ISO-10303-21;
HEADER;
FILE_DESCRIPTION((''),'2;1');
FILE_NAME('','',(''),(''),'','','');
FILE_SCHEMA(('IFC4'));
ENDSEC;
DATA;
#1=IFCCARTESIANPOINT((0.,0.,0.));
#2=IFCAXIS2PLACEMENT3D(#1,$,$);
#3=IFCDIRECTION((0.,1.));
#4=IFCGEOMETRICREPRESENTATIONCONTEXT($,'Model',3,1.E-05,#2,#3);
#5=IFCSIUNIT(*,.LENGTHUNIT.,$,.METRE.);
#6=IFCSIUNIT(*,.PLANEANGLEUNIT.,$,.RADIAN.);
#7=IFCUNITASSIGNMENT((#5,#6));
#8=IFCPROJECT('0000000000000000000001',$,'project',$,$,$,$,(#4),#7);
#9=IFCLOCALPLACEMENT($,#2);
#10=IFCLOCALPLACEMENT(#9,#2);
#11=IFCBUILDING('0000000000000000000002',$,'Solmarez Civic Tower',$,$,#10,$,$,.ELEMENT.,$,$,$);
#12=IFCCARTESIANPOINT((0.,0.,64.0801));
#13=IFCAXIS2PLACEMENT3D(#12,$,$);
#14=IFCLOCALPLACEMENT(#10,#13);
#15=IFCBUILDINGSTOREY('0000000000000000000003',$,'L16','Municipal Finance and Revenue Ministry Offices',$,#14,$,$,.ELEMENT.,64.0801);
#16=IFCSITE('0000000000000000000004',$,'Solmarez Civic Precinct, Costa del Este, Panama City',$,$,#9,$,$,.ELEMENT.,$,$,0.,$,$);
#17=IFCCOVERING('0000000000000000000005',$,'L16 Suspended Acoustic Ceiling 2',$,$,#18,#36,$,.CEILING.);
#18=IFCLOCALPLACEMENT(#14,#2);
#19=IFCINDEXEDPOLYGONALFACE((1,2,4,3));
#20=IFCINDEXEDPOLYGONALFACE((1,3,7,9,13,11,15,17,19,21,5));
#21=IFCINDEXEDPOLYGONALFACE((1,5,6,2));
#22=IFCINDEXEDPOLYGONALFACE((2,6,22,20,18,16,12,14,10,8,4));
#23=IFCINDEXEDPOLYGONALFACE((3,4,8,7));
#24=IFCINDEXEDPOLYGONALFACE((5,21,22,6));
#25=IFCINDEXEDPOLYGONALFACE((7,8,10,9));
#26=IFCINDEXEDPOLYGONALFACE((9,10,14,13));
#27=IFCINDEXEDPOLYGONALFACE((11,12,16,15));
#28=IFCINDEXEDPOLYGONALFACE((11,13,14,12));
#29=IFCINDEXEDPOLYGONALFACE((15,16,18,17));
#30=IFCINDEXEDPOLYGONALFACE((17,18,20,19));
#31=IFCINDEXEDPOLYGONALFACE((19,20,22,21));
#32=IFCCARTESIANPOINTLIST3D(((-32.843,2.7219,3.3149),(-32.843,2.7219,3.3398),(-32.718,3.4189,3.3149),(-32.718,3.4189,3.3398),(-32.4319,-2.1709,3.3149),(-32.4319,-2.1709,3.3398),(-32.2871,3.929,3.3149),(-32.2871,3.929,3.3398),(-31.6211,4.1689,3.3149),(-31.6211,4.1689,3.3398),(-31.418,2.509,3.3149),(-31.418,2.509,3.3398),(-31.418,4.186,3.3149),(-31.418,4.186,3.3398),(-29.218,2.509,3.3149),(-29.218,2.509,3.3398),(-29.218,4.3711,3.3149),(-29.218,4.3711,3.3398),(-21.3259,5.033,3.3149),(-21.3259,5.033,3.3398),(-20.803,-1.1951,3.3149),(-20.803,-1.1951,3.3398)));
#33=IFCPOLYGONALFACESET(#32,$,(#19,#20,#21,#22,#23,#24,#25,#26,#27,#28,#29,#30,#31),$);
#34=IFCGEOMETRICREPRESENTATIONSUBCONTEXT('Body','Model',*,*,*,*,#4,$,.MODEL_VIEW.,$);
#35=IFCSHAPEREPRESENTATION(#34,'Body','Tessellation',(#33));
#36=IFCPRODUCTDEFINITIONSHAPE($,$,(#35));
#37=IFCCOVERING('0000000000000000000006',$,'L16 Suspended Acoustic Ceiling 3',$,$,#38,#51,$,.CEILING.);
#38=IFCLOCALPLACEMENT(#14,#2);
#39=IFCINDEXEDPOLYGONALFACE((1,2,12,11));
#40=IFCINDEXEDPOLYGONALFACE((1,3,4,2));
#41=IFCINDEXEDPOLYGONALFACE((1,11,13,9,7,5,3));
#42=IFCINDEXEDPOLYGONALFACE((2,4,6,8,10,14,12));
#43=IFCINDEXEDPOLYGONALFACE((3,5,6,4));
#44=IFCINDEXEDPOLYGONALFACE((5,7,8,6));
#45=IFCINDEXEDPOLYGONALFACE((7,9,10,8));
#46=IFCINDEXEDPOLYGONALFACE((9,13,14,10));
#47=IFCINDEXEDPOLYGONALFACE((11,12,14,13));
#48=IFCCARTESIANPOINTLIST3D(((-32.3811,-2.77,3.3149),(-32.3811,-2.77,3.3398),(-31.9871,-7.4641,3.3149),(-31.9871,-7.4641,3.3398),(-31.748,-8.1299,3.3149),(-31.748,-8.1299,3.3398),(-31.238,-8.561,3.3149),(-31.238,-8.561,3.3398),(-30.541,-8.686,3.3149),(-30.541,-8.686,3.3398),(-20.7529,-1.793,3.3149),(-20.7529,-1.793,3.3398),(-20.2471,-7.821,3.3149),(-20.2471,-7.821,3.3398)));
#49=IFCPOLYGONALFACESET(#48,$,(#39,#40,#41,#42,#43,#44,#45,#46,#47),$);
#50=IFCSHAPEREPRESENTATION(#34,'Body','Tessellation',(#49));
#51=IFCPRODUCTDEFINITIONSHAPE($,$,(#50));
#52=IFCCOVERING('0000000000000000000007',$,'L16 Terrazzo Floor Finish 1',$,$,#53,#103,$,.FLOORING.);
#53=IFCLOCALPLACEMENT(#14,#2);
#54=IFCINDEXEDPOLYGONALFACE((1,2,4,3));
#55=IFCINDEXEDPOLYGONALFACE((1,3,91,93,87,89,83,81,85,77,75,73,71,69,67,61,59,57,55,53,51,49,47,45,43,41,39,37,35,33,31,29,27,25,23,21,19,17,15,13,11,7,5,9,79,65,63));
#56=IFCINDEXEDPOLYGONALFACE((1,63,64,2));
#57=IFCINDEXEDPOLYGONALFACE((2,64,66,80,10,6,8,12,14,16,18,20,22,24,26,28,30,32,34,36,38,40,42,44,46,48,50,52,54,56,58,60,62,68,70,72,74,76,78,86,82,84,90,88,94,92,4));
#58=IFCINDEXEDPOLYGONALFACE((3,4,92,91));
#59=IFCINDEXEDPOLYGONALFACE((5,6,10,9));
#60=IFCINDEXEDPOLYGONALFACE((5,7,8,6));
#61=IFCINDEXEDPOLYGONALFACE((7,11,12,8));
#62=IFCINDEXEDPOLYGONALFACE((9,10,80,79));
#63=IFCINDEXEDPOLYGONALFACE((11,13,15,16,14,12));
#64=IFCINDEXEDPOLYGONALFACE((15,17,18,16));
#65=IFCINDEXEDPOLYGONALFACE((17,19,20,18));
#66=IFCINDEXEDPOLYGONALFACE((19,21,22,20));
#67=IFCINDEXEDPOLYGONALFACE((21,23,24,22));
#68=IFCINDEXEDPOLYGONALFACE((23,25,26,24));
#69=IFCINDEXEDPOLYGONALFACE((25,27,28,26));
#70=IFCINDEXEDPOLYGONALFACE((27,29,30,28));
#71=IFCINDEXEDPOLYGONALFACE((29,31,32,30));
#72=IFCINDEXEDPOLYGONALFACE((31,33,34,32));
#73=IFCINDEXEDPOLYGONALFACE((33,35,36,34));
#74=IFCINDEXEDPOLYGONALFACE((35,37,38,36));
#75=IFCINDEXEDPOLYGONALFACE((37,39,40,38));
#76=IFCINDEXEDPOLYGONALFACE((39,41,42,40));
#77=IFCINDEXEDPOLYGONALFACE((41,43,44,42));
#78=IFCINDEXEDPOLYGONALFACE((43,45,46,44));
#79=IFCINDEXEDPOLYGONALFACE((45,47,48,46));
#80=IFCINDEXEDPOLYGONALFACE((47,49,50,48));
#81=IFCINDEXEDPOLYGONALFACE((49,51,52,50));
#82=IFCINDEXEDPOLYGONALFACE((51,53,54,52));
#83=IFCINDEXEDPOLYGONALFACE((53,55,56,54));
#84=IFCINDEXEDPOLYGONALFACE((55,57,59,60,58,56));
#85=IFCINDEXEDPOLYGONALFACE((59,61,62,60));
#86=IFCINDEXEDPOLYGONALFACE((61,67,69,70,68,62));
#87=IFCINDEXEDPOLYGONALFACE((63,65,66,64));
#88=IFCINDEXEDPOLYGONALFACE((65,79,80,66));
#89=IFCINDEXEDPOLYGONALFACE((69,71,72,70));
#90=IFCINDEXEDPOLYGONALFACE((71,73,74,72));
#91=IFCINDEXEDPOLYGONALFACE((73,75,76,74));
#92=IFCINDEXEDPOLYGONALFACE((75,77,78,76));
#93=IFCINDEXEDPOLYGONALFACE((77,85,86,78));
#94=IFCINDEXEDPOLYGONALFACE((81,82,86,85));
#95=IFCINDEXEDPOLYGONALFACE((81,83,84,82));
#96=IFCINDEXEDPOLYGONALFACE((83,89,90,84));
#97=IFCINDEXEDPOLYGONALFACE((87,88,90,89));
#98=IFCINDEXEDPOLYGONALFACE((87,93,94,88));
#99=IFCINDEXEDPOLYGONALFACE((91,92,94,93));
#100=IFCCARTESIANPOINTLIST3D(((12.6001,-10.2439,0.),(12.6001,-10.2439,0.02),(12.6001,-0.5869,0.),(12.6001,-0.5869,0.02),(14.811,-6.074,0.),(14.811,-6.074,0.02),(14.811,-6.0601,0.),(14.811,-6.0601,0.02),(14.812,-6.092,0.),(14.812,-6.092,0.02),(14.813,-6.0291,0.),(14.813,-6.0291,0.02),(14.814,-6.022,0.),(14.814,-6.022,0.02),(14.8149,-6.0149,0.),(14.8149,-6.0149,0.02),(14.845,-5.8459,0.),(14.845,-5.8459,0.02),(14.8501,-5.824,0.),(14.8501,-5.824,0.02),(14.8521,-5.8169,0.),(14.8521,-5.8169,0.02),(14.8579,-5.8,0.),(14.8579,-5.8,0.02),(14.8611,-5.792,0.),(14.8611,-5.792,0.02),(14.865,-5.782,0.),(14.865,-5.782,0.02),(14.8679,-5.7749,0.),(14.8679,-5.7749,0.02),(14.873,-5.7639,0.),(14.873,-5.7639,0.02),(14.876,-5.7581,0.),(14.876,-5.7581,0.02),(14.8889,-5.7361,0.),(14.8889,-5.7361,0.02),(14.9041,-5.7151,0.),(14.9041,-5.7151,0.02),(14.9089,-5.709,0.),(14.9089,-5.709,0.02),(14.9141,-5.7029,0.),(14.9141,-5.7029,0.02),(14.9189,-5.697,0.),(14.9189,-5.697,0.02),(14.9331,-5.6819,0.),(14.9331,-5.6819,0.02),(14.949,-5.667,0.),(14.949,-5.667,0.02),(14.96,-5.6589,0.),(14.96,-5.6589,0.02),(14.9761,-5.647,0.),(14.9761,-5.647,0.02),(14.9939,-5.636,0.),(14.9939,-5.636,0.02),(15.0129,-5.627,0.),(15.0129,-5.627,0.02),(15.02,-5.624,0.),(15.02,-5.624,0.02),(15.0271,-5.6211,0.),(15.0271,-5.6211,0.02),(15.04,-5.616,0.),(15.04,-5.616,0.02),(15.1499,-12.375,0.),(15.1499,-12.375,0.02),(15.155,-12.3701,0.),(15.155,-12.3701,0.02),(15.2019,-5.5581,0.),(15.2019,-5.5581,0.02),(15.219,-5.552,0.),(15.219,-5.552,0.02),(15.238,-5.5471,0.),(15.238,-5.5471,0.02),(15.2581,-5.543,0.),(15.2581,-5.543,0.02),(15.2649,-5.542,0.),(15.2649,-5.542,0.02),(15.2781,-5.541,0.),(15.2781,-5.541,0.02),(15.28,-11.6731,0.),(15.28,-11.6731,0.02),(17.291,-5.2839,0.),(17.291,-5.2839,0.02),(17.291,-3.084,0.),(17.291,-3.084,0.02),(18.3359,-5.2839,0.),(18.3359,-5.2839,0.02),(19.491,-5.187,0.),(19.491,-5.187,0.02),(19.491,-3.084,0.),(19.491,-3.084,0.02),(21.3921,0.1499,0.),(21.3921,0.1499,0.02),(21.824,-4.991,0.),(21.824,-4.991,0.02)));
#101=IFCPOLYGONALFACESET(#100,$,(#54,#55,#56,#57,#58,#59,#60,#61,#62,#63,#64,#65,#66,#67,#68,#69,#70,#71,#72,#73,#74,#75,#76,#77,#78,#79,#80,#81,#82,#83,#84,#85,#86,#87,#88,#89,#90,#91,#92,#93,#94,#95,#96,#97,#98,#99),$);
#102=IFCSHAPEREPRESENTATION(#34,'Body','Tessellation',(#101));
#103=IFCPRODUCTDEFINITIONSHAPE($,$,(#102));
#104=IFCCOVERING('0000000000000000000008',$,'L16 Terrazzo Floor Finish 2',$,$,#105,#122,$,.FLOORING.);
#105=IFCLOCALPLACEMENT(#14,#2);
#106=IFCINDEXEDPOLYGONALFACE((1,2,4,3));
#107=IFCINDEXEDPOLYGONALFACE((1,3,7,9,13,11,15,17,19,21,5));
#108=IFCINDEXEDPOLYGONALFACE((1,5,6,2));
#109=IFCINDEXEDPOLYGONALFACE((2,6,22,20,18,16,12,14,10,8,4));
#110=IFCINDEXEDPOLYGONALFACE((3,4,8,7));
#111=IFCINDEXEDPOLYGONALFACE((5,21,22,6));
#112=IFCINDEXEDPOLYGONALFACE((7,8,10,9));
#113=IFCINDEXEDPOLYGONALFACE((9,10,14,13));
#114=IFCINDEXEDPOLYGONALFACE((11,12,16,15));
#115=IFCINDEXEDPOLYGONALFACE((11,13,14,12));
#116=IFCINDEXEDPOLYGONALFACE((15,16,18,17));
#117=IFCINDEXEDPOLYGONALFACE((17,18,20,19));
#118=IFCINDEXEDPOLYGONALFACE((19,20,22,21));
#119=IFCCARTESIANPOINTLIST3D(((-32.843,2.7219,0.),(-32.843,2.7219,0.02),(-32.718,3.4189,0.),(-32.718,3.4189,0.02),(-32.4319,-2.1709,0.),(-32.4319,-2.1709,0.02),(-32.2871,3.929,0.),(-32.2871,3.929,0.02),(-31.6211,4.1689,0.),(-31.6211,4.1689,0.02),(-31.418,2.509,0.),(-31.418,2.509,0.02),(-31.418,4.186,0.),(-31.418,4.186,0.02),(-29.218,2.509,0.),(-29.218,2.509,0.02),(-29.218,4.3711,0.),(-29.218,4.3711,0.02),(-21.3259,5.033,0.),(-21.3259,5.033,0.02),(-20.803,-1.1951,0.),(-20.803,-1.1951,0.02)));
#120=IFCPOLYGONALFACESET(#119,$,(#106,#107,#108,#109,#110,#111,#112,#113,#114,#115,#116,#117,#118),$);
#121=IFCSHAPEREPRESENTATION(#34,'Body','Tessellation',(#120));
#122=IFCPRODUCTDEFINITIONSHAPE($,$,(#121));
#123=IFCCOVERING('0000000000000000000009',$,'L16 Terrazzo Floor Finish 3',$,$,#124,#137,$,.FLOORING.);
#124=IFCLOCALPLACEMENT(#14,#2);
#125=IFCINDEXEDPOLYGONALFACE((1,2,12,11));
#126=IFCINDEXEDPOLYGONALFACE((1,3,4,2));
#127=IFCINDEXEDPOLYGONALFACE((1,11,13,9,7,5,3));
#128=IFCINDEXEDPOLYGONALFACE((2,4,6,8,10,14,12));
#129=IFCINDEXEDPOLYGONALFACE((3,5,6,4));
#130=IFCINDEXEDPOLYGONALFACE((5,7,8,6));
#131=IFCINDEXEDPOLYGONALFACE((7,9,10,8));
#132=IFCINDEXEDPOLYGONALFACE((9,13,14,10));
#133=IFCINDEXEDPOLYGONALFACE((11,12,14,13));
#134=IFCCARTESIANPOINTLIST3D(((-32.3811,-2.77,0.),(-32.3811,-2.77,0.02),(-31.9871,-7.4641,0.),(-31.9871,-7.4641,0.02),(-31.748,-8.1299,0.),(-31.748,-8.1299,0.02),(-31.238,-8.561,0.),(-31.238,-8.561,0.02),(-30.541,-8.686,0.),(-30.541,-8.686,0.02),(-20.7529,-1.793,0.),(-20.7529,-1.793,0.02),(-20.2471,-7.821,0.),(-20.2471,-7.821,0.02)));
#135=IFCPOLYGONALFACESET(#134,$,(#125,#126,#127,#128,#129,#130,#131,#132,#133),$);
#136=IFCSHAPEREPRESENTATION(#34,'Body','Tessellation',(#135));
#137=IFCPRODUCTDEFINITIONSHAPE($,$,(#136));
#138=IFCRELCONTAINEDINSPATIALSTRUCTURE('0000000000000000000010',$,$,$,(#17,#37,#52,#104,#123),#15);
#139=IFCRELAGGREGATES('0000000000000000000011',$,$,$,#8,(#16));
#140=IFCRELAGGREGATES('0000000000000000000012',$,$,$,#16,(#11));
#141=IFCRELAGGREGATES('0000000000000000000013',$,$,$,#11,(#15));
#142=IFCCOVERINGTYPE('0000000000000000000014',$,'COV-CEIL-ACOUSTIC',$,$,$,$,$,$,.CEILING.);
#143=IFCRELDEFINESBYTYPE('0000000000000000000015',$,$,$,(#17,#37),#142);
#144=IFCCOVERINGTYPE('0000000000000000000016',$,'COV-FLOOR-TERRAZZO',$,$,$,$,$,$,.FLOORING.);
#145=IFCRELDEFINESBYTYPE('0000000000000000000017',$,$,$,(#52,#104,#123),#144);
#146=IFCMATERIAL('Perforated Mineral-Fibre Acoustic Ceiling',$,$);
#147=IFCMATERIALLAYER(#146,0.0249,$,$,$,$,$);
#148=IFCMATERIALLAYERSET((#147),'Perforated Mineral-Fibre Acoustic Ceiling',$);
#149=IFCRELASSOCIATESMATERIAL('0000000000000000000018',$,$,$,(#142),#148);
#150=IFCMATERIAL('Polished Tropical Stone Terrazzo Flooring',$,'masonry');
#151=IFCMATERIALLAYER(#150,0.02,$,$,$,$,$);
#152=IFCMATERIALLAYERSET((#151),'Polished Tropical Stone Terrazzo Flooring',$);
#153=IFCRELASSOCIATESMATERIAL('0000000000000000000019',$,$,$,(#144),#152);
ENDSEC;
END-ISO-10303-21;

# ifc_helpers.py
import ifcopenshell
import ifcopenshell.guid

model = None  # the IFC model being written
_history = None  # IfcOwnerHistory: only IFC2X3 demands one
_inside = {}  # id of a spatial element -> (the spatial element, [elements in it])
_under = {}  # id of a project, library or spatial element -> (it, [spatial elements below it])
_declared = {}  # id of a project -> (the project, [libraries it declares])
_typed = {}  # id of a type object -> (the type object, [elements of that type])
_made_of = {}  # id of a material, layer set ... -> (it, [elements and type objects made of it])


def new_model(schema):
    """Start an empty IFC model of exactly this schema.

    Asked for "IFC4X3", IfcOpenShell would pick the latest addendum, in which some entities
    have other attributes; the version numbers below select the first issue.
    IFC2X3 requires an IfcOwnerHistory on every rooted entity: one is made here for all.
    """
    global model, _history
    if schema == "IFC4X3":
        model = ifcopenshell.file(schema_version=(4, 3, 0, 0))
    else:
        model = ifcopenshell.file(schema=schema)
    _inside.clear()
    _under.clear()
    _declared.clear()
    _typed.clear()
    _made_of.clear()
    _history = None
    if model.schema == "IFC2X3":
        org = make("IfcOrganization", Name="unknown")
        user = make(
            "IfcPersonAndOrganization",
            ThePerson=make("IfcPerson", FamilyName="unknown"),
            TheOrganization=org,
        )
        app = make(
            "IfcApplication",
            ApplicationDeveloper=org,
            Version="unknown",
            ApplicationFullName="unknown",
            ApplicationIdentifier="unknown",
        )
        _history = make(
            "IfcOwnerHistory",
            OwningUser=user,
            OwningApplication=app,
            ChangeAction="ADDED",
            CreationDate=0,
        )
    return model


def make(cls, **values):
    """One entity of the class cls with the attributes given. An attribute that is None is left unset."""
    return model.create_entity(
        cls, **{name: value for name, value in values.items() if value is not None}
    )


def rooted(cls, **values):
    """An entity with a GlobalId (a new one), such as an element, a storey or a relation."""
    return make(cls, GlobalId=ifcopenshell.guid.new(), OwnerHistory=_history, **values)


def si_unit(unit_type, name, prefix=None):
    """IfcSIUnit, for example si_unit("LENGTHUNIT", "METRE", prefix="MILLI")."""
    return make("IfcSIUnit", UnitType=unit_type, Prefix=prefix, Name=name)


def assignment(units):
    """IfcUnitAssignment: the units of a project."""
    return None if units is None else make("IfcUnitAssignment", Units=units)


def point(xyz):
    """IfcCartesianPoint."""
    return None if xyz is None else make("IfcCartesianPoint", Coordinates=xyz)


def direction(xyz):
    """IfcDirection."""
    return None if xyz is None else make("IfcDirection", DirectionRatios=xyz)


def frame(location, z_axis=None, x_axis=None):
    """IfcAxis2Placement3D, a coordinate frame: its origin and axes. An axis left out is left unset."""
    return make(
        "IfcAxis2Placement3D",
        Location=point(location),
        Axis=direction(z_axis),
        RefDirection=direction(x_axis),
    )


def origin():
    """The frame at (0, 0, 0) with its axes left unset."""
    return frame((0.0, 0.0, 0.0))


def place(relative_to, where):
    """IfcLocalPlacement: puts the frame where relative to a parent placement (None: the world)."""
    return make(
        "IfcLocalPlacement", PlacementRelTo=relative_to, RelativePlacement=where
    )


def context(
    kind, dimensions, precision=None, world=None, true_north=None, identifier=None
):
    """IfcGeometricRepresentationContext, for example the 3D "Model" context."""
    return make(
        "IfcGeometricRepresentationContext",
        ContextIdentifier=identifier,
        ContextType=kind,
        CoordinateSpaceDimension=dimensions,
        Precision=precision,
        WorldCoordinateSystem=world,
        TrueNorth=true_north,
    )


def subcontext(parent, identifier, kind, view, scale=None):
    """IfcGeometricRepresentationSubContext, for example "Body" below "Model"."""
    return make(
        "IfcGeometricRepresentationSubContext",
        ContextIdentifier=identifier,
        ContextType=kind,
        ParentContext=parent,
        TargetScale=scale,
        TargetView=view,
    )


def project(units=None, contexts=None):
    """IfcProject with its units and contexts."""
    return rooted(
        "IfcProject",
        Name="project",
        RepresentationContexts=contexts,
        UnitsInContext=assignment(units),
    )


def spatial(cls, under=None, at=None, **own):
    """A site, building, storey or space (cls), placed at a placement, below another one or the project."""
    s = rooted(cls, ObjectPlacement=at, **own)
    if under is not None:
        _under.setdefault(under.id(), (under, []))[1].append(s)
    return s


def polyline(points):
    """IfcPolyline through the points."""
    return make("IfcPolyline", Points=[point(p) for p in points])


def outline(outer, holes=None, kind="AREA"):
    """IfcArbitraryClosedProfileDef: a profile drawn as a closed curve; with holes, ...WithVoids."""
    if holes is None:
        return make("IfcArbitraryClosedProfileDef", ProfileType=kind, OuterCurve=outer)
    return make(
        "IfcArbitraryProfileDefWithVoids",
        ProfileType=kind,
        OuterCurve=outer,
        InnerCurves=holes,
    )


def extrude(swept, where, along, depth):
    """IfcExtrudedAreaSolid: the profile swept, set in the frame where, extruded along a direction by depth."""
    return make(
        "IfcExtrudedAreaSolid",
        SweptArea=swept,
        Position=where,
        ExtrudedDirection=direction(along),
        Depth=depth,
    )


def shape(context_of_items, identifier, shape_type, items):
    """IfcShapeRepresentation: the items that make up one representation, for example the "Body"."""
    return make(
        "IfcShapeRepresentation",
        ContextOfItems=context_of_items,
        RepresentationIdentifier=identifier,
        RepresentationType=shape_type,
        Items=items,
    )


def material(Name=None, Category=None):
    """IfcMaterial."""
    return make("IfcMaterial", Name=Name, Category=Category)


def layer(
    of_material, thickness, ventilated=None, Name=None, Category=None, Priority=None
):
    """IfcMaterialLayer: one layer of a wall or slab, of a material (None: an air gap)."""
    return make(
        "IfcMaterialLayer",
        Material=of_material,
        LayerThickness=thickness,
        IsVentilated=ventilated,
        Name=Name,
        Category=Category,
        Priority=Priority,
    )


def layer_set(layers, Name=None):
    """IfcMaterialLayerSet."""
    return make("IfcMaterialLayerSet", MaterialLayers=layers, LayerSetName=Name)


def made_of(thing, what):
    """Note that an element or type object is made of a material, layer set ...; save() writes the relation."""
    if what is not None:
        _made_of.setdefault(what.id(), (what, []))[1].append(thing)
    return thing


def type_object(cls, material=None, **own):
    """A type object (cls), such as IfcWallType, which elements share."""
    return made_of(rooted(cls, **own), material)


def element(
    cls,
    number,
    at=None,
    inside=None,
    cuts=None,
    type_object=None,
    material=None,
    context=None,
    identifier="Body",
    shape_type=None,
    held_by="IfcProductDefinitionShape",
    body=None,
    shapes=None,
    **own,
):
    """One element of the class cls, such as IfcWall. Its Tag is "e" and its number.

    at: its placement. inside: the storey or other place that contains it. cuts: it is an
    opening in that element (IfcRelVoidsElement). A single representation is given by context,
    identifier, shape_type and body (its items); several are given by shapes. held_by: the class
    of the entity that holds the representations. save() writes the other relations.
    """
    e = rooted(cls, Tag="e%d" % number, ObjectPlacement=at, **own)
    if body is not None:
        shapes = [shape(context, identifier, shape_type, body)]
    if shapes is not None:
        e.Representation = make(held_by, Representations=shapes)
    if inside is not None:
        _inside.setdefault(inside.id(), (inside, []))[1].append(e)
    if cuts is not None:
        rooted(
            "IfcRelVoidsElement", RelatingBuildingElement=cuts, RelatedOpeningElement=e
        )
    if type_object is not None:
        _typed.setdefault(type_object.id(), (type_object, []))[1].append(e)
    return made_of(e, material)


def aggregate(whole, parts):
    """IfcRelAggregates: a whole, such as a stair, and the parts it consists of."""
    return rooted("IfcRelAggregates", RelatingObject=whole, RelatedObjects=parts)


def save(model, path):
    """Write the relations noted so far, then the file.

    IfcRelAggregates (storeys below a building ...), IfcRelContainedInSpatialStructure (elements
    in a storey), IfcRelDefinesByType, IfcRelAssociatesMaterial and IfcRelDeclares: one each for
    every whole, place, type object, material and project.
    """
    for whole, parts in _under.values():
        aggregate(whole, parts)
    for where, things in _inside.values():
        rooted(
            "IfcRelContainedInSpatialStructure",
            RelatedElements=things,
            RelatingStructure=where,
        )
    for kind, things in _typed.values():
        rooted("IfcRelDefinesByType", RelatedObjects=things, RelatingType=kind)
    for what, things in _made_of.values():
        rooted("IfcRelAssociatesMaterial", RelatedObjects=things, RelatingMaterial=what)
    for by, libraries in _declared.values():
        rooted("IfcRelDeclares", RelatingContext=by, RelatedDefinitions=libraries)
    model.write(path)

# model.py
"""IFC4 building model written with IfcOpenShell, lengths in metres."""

from ifc_helpers import new_model, si_unit, direction, frame, origin, place, context, subcontext, project, spatial, polyline, outline, extrude, material, layer, layer_set, type_object, element, save


model = new_model("IFC4")

# Units and contexts
model_context = context("Model", 3, precision=1e-05, world=origin(), true_north=direction((0.0, 1.0)))
body_context = subcontext(model_context, "Body", "Model", "MODEL_VIEW")
ifc_project = project(units=[si_unit("LENGTHUNIT", "METRE"), si_unit("PLANEANGLEUNIT", "RADIAN")], contexts=[model_context])

# Site, building, storey
site_placement = place(None, origin())
site = spatial("IfcSite", under=ifc_project, at=site_placement, Name="Solmarez Civic Precinct, Costa del Este, Panama City", CompositionType="ELEMENT", RefElevation=0.0)
building_placement = place(site_placement, origin())
building = spatial("IfcBuilding", under=site, at=building_placement, Name="Solmarez Civic Tower", CompositionType="ELEMENT")
storey_placement = place(building_placement, frame((0.0, 0.0, 64.0801)))
storey = spatial("IfcBuildingStorey", under=building, at=storey_placement, Name="L16", Description="Municipal Finance and Revenue Ministry Offices", CompositionType="ELEMENT", Elevation=64.0801)

# Coverings
ifc_material_1 = material(Name="Perforated Mineral-Fibre Acoustic Ceiling")
ifc_layer_1 = layer(ifc_material_1, 0.0249)
ifc_layer_set_1 = layer_set([ifc_layer_1], Name="Perforated Mineral-Fibre Acoustic Ceiling")
covering_type_1 = type_object("IfcCoveringType", Name="COV-CEIL-ACOUSTIC", PredefinedType="CEILING", material=ifc_layer_set_1)
covering_1_placement = place(storey_placement, frame((0.0, 0.0, 3.3149)))
element("IfcCovering", 1, at=covering_1_placement, inside=storey, type_object=covering_type_1, Name="L16 Suspended Acoustic Ceiling 2", PredefinedType="CEILING", context=body_context, shape_type="SweptSolid", body=[
    extrude(outline(polyline([(-21.3259, 5.033), (-29.218, 4.3711), (-29.218, 2.509), (-31.418, 2.509), (-31.418, 4.186), (-31.6211, 4.1689), (-32.2871, 3.929), (-32.718, 3.4189), (-32.843, 2.7219), (-32.4319, -2.1709), (-20.803, -1.1951), (-21.3259, 5.033)])), origin(), (0.0, 0.0, 1.0), 0.0249),
])
covering_2_placement = place(storey_placement, frame((0.0, 0.0, 3.3149)))
element("IfcCovering", 2, at=covering_2_placement, inside=storey, type_object=covering_type_1, Name="L16 Suspended Acoustic Ceiling 3", PredefinedType="CEILING", context=body_context, shape_type="SweptSolid", body=[
    extrude(outline(polyline([(-32.3811, -2.77), (-31.9871, -7.4641), (-31.748, -8.1299), (-31.238, -8.561), (-30.541, -8.686), (-20.2471, -7.821), (-20.7529, -1.793), (-32.3811, -2.77)])), origin(), (0.0, 0.0, 1.0), 0.0249),
])
ifc_material_2 = material(Name="Polished Tropical Stone Terrazzo Flooring", Category="masonry")
ifc_layer_2 = layer(ifc_material_2, 0.02)
ifc_layer_set_2 = layer_set([ifc_layer_2], Name="Polished Tropical Stone Terrazzo Flooring")
covering_type_2 = type_object("IfcCoveringType", Name="COV-FLOOR-TERRAZZO", PredefinedType="FLOORING", material=ifc_layer_set_2)
covering_3_placement = place(storey_placement, origin())
element("IfcCovering", 3, at=covering_3_placement, inside=storey, type_object=covering_type_2, Name="L16 Terrazzo Floor Finish 1", PredefinedType="FLOORING", context=body_context, shape_type="SweptSolid", body=[
    extrude(outline(polyline([(12.6001, -0.5869), (12.6001, -10.2439), (15.1499, -12.375), (15.155, -12.3701), (15.28, -11.6731), (14.812, -6.092), (14.811, -6.074), (14.811, -6.0601), (14.813, -6.0291), (14.814, -6.022), (14.8149, -6.0149), (14.845, -5.8459), (14.8501, -5.824), (14.8521, -5.8169), (14.8579, -5.8), (14.8611, -5.792), (14.865, -5.782), (14.8679, -5.7749), (14.873, -5.7639), (14.876, -5.7581), (14.8889, -5.7361), (14.9041, -5.7151), (14.9089, -5.709), (14.9141, -5.7029), (14.9189, -5.697), (14.9331, -5.6819), (14.949, -5.667), (14.96, -5.6589), (14.9761, -5.647), (14.9939, -5.636), (15.0129, -5.627), (15.02, -5.624), (15.0271, -5.6211), (15.04, -5.616), (15.2019, -5.5581), (15.219, -5.552), (15.238, -5.5471), (15.2581, -5.543), (15.2649, -5.542), (15.2781, -5.541), (18.3359, -5.2839), (17.291, -5.2839), (17.291, -3.084), (19.491, -3.084), (19.491, -5.187), (21.824, -4.991), (21.3921, 0.1499), (12.6001, -0.5869)])), origin(), (0.0, 0.0, 1.0), 0.02),
])
covering_4_placement = place(storey_placement, origin())
element("IfcCovering", 4, at=covering_4_placement, inside=storey, type_object=covering_type_2, Name="L16 Terrazzo Floor Finish 2", PredefinedType="FLOORING", context=body_context, shape_type="SweptSolid", body=[
    extrude(outline(polyline([(-21.3259, 5.033), (-29.218, 4.3711), (-29.218, 2.509), (-31.418, 2.509), (-31.418, 4.186), (-31.6211, 4.1689), (-32.2871, 3.929), (-32.718, 3.4189), (-32.843, 2.7219), (-32.4319, -2.1709), (-20.803, -1.1951), (-21.3259, 5.033)])), origin(), (0.0, 0.0, 1.0), 0.02),
])
covering_5_placement = place(storey_placement, origin())
element("IfcCovering", 5, at=covering_5_placement, inside=storey, type_object=covering_type_2, Name="L16 Terrazzo Floor Finish 3", PredefinedType="FLOORING", context=body_context, shape_type="SweptSolid", body=[
    extrude(outline(polyline([(-32.3811, -2.77), (-31.9871, -7.4641), (-31.748, -8.1299), (-31.238, -8.561), (-30.541, -8.686), (-20.2471, -7.821), (-20.7529, -1.793), (-32.3811, -2.77)])), origin(), (0.0, 0.0, 1.0), 0.02),
])

save(model, "model.ifc")
